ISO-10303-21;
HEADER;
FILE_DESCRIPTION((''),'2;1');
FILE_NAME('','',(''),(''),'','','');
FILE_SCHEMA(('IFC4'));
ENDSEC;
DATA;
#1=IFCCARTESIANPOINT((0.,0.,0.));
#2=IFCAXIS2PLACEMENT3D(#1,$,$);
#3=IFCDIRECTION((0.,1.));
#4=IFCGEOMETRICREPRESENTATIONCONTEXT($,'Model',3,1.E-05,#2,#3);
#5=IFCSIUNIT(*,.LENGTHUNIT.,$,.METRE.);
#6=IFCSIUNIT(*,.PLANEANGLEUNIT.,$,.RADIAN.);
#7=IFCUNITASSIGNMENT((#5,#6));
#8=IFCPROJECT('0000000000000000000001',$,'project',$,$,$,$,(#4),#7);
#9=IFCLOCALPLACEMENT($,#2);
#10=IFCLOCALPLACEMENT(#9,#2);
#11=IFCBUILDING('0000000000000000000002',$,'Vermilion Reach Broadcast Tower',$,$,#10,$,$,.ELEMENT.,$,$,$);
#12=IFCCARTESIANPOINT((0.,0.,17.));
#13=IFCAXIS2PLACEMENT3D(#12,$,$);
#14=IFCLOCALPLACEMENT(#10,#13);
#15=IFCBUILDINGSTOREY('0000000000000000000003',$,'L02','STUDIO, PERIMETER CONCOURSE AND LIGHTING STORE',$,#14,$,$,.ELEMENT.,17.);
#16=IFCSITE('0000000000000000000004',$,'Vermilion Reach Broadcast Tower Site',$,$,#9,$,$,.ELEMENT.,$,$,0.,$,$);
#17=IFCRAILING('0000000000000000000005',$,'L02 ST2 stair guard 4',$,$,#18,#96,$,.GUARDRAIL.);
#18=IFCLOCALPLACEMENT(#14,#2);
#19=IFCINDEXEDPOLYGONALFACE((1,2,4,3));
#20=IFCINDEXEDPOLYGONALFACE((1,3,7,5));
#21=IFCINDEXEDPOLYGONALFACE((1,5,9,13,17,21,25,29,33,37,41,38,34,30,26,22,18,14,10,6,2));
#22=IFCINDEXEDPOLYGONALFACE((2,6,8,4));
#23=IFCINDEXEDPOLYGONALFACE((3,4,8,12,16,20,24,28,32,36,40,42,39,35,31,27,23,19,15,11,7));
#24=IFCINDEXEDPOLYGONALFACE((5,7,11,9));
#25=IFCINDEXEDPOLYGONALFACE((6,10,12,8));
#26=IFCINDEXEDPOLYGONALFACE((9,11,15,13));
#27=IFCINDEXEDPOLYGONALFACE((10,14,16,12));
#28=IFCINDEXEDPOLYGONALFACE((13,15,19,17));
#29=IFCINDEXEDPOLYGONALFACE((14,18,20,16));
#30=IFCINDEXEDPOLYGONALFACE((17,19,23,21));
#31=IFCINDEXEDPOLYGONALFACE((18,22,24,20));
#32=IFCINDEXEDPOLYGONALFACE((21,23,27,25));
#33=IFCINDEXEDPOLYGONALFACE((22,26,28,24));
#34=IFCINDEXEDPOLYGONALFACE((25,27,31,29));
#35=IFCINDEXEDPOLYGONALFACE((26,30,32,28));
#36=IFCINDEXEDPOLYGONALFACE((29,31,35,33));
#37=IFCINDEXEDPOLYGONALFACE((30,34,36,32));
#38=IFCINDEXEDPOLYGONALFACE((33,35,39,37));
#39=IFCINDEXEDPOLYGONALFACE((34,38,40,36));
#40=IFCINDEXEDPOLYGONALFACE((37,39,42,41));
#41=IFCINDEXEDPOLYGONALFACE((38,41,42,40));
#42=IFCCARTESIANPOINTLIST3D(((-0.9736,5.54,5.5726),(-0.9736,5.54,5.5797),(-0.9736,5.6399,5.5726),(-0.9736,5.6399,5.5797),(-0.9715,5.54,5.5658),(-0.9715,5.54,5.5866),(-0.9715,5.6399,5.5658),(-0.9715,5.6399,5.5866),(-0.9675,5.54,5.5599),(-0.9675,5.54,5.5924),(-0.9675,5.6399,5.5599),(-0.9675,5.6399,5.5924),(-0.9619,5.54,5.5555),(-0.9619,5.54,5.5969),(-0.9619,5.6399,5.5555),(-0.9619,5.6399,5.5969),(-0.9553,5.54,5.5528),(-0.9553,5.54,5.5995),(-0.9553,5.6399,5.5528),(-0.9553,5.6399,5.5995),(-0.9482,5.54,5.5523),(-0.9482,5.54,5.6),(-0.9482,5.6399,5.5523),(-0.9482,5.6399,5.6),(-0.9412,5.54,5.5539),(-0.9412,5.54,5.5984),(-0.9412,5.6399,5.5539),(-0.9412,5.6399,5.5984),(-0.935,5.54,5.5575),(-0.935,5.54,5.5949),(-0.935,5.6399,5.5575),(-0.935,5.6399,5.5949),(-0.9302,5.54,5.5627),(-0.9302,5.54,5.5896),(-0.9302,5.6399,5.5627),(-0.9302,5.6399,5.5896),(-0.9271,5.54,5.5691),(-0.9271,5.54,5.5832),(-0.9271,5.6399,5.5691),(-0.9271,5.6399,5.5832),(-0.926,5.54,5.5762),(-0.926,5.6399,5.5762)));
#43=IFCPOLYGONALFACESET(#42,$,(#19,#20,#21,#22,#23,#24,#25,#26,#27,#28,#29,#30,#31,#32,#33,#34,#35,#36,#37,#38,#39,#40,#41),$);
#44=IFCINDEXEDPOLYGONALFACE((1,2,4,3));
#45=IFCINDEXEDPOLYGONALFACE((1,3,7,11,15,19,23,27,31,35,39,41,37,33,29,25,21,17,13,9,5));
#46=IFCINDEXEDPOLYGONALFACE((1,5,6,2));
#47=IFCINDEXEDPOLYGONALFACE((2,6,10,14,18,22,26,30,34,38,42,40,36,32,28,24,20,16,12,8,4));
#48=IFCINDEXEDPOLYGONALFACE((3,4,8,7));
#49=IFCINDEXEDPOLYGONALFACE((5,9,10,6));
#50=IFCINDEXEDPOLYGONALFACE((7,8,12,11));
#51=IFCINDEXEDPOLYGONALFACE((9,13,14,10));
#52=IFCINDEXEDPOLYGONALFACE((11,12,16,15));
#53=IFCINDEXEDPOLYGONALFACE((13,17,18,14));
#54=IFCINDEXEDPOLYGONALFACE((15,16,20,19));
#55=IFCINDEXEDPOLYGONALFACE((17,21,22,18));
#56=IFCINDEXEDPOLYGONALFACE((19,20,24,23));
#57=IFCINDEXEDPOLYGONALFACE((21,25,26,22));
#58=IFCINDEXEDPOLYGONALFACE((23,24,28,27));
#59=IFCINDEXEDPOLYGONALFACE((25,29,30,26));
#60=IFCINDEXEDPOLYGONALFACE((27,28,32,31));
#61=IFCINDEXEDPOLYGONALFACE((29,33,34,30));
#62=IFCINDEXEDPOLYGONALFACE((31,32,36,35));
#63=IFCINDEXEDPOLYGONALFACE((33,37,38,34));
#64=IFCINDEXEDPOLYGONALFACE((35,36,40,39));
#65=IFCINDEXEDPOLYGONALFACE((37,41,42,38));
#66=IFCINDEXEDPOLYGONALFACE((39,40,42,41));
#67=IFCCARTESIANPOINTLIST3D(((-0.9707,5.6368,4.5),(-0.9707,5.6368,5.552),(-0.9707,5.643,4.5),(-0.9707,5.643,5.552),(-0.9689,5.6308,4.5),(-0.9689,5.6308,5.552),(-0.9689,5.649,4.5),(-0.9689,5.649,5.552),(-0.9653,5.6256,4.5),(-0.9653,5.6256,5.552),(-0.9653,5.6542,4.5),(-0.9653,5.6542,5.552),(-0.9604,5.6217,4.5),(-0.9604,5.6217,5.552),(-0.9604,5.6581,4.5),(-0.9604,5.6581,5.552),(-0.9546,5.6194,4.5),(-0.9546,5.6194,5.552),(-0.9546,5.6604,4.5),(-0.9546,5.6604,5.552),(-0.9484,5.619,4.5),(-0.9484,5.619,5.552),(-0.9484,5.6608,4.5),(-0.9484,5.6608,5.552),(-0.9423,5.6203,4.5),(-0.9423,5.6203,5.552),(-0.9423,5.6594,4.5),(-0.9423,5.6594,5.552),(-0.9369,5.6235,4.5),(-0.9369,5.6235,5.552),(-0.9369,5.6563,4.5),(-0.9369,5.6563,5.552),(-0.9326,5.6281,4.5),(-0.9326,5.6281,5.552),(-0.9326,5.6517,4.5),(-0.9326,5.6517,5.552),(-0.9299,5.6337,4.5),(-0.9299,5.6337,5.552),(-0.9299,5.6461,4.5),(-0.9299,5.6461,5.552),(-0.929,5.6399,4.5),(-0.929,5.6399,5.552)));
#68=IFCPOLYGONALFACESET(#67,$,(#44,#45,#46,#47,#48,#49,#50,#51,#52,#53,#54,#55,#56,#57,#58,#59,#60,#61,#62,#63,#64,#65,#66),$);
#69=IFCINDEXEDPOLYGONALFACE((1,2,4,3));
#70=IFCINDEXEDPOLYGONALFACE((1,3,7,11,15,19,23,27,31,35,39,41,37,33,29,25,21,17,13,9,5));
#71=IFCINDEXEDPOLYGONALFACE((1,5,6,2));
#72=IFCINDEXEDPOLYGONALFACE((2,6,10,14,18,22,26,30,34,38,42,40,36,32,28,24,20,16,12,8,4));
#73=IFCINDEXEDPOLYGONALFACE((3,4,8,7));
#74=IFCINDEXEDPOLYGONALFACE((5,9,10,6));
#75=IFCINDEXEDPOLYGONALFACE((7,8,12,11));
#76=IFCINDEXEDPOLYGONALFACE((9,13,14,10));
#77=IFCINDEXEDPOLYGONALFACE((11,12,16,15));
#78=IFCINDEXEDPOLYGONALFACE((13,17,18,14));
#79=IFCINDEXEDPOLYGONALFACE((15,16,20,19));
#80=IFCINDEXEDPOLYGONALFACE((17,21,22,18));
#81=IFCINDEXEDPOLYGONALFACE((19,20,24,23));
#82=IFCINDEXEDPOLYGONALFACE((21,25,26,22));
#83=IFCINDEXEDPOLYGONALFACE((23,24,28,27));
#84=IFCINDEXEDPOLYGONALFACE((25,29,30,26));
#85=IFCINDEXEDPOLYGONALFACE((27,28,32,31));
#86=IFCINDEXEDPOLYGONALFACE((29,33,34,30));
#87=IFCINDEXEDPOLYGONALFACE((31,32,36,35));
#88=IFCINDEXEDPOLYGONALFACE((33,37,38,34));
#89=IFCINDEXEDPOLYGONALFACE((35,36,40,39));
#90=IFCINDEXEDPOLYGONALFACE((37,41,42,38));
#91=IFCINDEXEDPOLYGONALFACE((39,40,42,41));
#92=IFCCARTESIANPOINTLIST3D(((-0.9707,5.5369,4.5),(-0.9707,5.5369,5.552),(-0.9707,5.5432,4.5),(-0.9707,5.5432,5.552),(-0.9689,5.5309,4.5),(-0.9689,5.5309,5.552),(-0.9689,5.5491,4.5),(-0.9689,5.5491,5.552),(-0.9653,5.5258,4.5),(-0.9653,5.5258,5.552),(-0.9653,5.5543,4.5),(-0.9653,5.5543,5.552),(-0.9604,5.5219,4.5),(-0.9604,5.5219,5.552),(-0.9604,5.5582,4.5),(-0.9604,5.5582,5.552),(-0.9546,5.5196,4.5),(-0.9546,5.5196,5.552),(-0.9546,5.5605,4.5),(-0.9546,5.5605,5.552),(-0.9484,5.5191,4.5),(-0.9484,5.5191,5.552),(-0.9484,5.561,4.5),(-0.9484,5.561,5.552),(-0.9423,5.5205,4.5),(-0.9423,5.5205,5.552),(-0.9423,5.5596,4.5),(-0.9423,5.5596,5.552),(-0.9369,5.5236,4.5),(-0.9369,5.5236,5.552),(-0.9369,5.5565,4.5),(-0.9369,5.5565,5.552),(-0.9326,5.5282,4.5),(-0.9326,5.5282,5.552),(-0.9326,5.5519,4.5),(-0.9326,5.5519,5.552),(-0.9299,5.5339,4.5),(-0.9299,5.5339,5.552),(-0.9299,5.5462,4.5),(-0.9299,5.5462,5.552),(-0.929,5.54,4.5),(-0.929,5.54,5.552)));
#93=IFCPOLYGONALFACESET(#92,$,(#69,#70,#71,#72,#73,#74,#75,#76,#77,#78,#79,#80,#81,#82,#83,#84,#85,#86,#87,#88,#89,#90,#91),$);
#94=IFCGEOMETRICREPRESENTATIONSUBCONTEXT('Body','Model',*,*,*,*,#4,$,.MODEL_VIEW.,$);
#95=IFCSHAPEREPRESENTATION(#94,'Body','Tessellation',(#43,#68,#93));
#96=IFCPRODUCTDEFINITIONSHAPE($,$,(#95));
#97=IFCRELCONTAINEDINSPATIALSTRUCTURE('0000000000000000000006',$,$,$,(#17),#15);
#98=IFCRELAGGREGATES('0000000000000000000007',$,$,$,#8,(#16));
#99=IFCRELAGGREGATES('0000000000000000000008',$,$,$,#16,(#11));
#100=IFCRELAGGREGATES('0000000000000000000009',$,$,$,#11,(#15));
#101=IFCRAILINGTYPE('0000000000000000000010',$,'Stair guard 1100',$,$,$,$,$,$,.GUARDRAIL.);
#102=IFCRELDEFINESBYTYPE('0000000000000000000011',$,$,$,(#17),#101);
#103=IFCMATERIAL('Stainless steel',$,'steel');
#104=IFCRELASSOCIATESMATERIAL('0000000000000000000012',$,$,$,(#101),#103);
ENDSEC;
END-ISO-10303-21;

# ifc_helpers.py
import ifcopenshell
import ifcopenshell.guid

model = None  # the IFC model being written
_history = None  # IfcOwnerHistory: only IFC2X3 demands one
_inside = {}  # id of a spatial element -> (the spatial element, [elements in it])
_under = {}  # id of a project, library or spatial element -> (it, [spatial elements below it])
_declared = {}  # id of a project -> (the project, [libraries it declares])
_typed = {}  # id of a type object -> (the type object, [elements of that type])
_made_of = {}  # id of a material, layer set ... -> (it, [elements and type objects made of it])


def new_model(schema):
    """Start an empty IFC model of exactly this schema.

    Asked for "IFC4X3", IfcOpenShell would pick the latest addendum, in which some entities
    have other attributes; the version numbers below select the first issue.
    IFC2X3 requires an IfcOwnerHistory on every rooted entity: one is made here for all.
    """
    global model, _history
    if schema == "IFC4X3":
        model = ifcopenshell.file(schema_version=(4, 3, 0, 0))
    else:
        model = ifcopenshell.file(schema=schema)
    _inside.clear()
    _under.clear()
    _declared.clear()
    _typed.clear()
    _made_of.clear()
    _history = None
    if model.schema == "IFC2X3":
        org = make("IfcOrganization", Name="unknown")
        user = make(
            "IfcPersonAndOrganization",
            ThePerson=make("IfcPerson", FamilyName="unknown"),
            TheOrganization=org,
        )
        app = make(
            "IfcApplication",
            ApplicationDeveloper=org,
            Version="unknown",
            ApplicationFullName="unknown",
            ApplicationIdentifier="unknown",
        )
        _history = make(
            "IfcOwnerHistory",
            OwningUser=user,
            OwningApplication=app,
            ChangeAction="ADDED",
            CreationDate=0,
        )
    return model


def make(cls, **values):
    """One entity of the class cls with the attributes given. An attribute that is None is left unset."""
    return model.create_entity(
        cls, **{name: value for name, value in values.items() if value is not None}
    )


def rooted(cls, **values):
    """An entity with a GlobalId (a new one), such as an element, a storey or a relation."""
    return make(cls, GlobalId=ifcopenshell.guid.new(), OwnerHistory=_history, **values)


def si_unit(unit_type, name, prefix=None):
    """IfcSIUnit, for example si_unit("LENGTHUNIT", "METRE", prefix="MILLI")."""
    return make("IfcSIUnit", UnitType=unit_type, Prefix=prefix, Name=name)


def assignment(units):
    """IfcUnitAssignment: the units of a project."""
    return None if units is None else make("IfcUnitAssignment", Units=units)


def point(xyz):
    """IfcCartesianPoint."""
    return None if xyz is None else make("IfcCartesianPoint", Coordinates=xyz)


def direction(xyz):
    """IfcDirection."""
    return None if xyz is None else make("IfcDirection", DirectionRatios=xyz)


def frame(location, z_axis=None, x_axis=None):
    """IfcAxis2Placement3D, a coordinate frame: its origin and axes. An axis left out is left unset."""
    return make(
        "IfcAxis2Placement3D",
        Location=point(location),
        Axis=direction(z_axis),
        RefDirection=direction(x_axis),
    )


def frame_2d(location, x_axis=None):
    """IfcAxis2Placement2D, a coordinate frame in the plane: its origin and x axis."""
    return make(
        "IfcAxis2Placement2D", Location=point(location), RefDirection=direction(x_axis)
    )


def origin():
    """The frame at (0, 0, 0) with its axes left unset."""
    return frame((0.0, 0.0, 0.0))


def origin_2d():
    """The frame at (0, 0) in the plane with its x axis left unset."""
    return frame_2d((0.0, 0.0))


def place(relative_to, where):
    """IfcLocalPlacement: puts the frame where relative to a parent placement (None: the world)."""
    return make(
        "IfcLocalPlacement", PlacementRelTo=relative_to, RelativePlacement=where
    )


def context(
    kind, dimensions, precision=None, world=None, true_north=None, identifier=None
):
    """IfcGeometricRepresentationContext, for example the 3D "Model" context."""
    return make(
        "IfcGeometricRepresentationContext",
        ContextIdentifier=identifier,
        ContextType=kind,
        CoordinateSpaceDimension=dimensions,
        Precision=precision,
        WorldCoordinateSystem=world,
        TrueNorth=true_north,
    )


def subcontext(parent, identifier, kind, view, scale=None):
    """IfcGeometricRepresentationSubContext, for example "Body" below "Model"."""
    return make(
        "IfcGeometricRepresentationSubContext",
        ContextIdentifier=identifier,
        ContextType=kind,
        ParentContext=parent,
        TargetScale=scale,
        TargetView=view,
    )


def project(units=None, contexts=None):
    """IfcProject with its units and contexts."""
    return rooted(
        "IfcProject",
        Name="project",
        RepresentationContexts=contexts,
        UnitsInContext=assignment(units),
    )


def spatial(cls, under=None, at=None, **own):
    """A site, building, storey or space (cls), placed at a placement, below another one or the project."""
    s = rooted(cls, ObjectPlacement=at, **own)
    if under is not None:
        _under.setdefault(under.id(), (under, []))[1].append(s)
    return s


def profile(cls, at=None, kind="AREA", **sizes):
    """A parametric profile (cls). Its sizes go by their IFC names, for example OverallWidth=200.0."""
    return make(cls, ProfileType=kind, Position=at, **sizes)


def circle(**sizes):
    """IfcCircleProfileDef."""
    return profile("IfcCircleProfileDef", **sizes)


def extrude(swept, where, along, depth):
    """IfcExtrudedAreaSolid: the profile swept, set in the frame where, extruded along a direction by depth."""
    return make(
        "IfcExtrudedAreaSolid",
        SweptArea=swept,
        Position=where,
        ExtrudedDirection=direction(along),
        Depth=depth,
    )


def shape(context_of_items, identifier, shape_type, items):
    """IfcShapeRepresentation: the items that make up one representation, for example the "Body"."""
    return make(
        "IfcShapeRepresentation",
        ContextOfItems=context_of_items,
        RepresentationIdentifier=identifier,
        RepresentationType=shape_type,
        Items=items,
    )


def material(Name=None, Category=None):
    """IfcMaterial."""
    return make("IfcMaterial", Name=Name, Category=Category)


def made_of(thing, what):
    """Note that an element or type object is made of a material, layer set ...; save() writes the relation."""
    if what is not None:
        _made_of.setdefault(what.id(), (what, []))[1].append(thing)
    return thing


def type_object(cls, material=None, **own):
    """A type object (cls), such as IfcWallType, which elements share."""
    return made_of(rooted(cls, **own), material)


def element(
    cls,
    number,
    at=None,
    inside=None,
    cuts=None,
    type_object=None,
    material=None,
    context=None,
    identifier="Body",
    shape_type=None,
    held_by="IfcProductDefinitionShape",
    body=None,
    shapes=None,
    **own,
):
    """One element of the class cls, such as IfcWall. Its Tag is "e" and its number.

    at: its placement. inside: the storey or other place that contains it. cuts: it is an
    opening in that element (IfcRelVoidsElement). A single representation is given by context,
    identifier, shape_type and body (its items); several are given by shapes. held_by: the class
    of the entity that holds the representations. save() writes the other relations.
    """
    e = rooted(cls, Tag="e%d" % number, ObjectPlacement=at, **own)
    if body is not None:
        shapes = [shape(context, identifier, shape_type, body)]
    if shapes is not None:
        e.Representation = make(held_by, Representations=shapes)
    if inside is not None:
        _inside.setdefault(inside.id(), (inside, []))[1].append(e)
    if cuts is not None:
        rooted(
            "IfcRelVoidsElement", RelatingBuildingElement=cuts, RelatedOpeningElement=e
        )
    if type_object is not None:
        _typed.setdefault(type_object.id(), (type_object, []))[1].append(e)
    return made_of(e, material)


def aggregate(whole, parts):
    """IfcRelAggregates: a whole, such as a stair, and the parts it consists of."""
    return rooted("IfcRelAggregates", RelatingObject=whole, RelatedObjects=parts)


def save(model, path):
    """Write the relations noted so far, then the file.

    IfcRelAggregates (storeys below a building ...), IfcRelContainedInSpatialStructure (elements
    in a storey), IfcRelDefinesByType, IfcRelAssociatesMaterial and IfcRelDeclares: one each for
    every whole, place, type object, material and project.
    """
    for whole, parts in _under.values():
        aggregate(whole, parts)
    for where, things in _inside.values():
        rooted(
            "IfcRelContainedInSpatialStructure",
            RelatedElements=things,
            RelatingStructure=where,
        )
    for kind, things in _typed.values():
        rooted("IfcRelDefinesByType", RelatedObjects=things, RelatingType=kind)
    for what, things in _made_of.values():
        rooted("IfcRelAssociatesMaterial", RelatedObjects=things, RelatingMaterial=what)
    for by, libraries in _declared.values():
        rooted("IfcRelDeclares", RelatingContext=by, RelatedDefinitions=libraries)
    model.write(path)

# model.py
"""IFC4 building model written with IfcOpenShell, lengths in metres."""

from ifc_helpers import new_model, si_unit, direction, frame, origin, origin_2d, place, context, subcontext, project, spatial, circle, extrude, material, type_object, element, save


model = new_model("IFC4")

# Units and contexts
model_context = context("Model", 3, precision=1e-05, world=origin(), true_north=direction((0.0, 1.0)))
body_context = subcontext(model_context, "Body", "Model", "MODEL_VIEW")
ifc_project = project(units=[si_unit("LENGTHUNIT", "METRE"), si_unit("PLANEANGLEUNIT", "RADIAN")], contexts=[model_context])

# Site, building, storey
site_placement = place(None, origin())
site = spatial("IfcSite", under=ifc_project, at=site_placement, Name="Vermilion Reach Broadcast Tower Site", CompositionType="ELEMENT", RefElevation=0.0)
building_placement = place(site_placement, origin())
building = spatial("IfcBuilding", under=site, at=building_placement, Name="Vermilion Reach Broadcast Tower", CompositionType="ELEMENT")
storey_placement = place(building_placement, frame((0.0, 0.0, 17.0)))
storey = spatial("IfcBuildingStorey", under=building, at=storey_placement, Name="L02", Description="STUDIO, PERIMETER CONCOURSE AND LIGHTING STORE", CompositionType="ELEMENT", Elevation=17.0)

# Railing
ifc_material_1 = material(Name="Stainless steel", Category="steel")
railing_type_1 = type_object("IfcRailingType", Name="Stair guard 1100", PredefinedType="GUARDRAIL", material=ifc_material_1)
railing_1_placement = place(storey_placement, frame((-0.95, 5.6399, 4.5)))
element("IfcRailing", 1, at=railing_1_placement, inside=storey, type_object=railing_type_1, Name="L02 ST2 stair guard 4", PredefinedType="GUARDRAIL", context=body_context, shape_type="SweptSolid", body=[
    extrude(circle(Radius=0.0239, at=origin_2d()), frame((0.0, 0.0, 1.0762), z_axis=(0.0, -1.0, 0.0), x_axis=(1.0, 0.0, 0.0)), (0.0, 0.0, 1.0), 0.0999),
    extrude(circle(Radius=0.021, at=origin_2d()), origin(), (0.0, 0.0, 1.0), 1.052),
    extrude(circle(Radius=0.021, at=origin_2d()), frame((0.0, -0.0999, 0.0)), (0.0, 0.0, 1.0), 1.052),
])

save(model, "model.ifc")
